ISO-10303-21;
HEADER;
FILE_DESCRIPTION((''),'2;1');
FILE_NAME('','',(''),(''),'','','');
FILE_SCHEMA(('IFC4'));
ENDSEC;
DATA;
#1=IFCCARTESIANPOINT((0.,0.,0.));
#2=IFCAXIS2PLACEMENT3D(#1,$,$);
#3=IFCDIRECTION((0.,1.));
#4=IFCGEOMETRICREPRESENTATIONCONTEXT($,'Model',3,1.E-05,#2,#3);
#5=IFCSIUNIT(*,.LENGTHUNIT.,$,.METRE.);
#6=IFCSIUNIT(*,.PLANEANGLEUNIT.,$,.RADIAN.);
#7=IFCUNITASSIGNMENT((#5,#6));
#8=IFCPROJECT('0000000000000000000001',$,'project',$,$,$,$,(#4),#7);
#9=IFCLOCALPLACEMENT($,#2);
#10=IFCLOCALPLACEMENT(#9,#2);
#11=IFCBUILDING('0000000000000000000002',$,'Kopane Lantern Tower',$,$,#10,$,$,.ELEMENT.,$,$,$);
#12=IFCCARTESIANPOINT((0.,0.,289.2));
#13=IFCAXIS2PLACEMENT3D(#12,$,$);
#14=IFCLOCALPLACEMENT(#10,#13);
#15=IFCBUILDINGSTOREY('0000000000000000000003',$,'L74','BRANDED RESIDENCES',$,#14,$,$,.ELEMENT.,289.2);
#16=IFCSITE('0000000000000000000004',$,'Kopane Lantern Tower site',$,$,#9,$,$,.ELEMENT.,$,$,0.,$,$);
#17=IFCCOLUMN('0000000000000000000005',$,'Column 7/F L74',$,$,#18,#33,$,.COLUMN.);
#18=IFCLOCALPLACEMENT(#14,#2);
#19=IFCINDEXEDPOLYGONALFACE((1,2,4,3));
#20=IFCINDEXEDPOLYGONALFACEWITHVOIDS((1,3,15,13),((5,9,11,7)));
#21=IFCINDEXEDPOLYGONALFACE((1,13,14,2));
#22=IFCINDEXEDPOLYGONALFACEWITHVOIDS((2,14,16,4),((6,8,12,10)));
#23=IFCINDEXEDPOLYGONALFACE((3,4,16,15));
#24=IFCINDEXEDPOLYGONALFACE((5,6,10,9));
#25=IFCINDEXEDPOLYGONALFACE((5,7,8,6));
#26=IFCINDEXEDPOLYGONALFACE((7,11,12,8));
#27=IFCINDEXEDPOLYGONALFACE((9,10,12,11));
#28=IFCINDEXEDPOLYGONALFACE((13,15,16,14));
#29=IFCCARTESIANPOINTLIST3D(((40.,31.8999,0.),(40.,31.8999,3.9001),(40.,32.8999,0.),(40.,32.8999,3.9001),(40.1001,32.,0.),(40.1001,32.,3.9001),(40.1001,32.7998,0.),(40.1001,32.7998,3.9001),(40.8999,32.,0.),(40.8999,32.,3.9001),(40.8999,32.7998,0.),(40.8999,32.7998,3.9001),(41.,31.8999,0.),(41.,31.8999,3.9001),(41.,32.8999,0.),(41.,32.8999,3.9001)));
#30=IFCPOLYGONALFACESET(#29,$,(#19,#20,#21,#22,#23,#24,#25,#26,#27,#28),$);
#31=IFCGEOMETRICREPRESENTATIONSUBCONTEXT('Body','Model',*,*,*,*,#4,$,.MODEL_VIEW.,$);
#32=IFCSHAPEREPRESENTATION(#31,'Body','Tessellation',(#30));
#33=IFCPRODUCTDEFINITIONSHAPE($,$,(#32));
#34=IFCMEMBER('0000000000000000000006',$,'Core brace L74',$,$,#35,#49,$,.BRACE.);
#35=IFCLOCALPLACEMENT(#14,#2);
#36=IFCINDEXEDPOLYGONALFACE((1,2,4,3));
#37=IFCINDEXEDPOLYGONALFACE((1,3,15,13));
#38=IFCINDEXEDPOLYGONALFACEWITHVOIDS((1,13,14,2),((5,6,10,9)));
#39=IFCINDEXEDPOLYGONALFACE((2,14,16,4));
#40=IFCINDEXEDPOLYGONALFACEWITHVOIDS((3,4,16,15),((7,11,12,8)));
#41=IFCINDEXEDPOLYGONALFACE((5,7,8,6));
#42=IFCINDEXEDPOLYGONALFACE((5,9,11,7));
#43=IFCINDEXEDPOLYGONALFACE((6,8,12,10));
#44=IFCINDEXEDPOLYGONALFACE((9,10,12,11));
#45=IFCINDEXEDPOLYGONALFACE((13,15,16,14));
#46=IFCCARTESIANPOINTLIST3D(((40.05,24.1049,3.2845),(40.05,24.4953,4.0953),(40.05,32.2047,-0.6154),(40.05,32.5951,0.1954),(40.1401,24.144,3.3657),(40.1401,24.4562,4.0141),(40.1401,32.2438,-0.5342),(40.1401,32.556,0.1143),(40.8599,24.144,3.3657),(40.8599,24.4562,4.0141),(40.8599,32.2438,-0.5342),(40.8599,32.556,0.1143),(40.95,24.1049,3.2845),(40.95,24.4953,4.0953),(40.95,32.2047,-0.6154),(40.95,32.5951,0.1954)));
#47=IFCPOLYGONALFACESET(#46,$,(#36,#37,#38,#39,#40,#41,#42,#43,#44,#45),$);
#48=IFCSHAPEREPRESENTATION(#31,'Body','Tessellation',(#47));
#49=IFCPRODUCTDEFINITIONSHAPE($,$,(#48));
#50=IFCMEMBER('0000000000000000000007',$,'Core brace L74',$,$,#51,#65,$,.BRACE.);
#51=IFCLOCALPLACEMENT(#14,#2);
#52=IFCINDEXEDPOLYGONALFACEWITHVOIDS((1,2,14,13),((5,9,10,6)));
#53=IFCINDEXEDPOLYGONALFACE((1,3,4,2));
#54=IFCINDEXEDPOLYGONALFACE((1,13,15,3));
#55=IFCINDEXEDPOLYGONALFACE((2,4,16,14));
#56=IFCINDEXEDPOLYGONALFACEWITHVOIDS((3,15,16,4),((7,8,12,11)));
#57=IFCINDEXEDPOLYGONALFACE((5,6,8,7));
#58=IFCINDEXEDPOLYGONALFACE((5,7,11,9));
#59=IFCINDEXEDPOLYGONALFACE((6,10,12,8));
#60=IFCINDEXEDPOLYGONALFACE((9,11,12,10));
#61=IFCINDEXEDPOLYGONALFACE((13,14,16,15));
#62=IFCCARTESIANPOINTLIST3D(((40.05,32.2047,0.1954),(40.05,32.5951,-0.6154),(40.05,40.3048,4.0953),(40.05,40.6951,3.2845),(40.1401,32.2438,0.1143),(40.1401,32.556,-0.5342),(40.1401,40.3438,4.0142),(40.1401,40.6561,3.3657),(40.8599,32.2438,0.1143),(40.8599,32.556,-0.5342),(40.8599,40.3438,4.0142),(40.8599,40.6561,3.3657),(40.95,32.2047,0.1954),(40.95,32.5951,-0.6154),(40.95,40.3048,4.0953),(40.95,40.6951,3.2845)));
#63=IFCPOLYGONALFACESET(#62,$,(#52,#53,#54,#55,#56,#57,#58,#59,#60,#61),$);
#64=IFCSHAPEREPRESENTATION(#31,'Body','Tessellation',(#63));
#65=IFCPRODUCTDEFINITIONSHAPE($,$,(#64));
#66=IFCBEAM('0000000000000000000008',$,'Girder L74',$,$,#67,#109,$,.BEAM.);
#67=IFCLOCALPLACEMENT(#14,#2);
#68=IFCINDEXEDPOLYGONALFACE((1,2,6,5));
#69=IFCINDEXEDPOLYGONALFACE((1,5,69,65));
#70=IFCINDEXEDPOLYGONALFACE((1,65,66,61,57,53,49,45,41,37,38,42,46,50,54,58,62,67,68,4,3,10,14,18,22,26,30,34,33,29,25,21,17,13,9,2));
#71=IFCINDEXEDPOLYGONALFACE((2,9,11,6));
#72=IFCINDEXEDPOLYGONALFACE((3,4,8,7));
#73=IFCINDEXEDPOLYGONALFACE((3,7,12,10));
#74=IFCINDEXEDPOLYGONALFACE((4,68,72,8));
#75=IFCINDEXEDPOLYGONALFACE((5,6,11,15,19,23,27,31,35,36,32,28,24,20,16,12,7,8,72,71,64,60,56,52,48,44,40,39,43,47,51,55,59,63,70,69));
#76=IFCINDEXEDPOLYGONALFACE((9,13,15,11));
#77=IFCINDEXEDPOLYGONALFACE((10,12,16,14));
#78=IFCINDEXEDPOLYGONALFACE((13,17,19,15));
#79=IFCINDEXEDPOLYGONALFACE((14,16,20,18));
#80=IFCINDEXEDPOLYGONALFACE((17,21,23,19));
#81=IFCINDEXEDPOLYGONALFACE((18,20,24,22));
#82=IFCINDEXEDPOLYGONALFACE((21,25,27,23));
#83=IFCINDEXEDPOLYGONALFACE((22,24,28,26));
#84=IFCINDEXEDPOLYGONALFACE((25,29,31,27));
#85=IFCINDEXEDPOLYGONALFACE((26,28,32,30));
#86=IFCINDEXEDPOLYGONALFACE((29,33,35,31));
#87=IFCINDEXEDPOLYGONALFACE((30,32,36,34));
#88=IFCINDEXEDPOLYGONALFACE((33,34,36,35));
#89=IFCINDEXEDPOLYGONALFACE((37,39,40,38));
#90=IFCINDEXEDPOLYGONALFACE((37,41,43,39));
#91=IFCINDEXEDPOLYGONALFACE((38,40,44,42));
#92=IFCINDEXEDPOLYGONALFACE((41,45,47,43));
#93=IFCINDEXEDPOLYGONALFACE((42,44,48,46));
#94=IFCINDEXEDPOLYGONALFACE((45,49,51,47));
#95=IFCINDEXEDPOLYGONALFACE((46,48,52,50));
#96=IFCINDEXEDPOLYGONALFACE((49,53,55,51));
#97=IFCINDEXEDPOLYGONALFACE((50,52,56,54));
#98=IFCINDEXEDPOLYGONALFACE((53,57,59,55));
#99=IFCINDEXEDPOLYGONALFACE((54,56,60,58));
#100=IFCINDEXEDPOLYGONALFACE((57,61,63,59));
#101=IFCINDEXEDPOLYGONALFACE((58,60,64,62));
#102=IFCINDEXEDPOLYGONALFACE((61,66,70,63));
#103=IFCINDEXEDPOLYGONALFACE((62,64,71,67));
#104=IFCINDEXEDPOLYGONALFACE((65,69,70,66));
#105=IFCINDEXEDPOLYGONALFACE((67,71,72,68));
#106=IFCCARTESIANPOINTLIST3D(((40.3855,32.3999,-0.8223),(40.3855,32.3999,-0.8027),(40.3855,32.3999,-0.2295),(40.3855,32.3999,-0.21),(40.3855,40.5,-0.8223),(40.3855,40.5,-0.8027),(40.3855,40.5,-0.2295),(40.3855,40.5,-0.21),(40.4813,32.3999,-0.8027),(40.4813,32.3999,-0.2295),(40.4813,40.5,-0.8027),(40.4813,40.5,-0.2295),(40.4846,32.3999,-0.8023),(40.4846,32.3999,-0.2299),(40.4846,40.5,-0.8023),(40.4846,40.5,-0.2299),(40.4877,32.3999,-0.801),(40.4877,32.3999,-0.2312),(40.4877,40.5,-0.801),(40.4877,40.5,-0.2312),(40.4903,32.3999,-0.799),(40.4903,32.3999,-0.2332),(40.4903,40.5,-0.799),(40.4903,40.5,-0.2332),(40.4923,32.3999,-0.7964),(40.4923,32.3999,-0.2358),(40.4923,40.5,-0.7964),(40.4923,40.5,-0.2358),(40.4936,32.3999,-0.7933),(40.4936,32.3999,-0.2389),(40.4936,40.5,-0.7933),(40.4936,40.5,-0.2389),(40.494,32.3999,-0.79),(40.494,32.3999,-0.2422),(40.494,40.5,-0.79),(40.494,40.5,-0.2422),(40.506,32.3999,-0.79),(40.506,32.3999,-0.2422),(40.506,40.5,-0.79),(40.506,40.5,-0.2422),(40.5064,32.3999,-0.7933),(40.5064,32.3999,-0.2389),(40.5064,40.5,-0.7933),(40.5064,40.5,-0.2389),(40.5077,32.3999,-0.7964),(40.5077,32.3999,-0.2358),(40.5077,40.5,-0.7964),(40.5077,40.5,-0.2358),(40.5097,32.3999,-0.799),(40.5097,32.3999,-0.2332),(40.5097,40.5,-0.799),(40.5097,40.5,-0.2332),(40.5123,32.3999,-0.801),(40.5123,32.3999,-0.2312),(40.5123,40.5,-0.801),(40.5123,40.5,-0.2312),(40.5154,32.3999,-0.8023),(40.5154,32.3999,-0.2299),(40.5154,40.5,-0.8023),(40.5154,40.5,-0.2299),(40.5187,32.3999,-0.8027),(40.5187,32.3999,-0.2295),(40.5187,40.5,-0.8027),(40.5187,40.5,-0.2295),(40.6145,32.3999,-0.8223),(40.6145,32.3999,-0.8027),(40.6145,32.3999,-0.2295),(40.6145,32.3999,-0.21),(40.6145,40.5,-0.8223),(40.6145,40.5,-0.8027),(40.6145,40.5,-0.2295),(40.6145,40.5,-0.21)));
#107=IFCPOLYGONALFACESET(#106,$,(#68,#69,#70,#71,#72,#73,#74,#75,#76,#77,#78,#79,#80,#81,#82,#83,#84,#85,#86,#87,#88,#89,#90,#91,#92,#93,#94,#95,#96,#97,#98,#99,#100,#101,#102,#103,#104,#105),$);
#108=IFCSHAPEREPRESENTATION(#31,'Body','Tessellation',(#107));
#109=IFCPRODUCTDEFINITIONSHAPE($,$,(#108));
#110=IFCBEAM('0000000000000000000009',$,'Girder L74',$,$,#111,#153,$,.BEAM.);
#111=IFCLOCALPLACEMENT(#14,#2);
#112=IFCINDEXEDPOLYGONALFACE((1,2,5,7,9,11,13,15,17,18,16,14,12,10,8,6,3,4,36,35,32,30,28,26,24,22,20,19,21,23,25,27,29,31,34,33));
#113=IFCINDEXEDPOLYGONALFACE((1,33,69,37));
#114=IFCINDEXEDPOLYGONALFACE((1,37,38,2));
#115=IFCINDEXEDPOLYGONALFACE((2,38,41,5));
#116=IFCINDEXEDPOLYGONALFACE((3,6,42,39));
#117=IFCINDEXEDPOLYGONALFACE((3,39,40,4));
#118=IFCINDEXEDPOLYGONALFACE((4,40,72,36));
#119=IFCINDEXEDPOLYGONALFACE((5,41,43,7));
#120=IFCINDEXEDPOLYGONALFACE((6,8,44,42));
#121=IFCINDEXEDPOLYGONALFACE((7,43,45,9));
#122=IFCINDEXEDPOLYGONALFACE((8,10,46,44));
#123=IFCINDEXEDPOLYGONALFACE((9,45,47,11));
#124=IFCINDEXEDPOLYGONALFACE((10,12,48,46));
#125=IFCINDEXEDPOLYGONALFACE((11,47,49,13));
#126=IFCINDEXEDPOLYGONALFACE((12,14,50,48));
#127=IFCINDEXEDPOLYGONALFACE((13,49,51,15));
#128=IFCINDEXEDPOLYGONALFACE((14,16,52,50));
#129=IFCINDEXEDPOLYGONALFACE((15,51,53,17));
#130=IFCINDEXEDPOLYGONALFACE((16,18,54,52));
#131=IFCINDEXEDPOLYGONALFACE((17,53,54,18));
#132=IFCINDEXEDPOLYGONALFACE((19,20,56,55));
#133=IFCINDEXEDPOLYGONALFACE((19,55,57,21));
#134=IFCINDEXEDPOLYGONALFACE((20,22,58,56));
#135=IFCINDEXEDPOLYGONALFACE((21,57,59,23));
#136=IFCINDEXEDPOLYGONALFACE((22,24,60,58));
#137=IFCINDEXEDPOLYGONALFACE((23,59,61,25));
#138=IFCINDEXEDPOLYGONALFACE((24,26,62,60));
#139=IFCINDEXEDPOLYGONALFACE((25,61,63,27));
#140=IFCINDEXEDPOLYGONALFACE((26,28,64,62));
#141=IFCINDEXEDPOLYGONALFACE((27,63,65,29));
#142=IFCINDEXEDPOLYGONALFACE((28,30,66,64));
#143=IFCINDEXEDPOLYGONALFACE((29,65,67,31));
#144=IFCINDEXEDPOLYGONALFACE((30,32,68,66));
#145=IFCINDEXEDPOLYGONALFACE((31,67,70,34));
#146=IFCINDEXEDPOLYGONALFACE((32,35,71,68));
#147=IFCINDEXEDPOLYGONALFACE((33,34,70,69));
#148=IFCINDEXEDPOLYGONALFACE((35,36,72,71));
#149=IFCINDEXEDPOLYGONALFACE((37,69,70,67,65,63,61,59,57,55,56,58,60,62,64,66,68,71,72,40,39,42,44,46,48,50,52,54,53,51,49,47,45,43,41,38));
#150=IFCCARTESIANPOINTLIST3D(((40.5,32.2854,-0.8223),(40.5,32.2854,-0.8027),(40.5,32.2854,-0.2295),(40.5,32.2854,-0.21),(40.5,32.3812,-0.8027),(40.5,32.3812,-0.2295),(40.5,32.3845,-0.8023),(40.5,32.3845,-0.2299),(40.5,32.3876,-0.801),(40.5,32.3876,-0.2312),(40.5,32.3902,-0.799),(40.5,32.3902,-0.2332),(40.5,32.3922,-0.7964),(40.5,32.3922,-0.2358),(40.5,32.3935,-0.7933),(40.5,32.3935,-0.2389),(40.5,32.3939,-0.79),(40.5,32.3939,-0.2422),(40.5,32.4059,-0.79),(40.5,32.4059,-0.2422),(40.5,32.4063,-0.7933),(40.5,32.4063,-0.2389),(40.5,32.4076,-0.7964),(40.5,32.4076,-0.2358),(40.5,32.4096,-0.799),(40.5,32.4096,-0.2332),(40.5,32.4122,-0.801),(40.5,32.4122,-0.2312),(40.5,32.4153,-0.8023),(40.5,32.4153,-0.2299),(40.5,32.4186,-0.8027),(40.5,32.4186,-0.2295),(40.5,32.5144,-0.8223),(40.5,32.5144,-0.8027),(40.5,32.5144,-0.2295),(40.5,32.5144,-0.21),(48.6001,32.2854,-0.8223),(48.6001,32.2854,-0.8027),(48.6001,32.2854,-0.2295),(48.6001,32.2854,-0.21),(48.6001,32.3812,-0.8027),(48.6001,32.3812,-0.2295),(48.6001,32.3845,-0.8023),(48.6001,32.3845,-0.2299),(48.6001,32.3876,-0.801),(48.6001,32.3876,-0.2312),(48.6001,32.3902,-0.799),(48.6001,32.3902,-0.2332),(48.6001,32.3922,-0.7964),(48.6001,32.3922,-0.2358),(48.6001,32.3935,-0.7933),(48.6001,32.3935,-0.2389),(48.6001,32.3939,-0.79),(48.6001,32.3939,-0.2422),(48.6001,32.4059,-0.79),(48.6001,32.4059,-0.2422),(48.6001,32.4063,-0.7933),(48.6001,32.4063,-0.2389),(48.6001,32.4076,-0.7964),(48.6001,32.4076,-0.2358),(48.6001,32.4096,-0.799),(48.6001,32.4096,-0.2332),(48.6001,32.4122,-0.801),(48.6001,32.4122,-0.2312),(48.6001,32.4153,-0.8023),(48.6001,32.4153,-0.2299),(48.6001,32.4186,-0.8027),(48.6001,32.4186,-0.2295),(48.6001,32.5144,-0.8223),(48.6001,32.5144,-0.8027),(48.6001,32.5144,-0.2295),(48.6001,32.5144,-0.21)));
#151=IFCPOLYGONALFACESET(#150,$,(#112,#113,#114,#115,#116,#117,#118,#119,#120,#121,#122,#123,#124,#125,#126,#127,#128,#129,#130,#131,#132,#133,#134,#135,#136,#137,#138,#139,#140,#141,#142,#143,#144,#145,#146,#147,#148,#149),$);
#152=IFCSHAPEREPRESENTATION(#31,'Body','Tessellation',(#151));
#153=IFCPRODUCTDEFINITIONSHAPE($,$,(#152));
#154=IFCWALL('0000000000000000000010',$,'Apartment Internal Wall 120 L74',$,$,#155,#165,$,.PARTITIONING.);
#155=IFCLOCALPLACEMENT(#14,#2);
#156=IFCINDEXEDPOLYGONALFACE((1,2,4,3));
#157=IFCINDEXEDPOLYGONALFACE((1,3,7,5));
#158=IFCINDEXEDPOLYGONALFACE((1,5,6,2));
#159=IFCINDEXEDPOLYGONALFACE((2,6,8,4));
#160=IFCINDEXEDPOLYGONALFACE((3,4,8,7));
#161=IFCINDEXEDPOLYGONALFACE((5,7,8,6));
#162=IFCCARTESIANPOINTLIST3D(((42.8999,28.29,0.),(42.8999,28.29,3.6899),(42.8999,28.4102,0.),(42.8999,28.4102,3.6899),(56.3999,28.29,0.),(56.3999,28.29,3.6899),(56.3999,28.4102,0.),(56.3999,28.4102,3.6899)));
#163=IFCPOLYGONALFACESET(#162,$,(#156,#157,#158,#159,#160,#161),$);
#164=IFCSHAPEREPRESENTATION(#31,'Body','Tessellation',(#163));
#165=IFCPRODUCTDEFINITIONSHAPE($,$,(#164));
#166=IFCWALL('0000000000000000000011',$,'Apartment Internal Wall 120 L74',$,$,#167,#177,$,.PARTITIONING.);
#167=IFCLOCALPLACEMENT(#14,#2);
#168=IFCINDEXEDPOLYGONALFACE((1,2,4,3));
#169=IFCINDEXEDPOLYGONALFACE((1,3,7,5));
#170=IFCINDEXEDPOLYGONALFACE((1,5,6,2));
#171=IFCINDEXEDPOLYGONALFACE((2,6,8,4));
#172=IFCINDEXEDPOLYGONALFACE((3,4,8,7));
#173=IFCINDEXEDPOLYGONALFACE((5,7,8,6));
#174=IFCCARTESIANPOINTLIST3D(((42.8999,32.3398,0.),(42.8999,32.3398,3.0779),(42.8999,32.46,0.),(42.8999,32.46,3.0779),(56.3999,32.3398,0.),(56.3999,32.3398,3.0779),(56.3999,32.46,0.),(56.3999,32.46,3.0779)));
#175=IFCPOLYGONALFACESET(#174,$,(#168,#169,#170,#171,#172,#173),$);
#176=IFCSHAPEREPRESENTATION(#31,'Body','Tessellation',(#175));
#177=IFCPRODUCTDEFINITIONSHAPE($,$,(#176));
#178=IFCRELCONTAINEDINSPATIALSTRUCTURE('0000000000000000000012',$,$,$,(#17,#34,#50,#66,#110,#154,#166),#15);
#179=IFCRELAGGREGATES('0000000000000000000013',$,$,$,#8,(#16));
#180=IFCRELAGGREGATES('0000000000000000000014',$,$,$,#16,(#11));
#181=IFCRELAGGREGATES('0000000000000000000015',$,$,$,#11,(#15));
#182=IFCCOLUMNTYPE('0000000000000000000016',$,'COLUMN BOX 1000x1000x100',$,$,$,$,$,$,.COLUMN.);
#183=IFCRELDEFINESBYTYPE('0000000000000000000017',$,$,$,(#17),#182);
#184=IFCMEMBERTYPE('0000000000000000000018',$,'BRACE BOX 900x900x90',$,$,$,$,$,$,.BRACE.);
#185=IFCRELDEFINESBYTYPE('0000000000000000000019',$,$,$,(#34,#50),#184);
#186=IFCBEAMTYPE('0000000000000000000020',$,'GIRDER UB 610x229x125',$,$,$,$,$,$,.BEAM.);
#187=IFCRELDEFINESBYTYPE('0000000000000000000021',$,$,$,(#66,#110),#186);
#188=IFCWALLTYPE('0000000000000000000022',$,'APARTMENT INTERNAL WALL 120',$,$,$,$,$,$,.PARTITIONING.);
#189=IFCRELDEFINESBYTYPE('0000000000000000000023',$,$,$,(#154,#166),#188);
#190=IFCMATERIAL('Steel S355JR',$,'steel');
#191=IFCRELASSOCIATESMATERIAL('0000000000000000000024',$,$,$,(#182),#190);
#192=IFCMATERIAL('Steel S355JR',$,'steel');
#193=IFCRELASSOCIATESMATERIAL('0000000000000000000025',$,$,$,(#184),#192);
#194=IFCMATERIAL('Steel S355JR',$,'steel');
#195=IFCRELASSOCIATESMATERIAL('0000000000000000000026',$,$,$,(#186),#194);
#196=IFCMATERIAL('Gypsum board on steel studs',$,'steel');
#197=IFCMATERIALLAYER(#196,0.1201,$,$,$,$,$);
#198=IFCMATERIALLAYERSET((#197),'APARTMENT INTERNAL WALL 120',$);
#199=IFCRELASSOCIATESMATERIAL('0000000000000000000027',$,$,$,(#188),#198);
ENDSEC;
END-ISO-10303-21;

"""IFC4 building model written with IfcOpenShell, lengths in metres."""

from ifc_helpers import new_model, si_unit, direction, frame, frame_2d, origin, origin_2d, place, context, subcontext, project, spatial, rectangle, hollow_rectangle, i_section, extrude, material, layer, layer_set, material_profile, profile_set, type_object, element, save


model = new_model("IFC4")

# Units and contexts
model_context = context("Model", 3, precision=1e-05, world=origin(), true_north=direction((0.0, 1.0)))
body_context = subcontext(model_context, "Body", "Model", "MODEL_VIEW")
ifc_project = project(units=[si_unit("LENGTHUNIT", "METRE"), si_unit("PLANEANGLEUNIT", "RADIAN")], contexts=[model_context])

# Site, building, storey
site_placement = place(None, origin())
site = spatial("IfcSite", under=ifc_project, at=site_placement, Name="Kopane Lantern Tower site", CompositionType="ELEMENT", RefElevation=0.0)
building_placement = place(site_placement, origin())
building = spatial("IfcBuilding", under=site, at=building_placement, Name="Kopane Lantern Tower", CompositionType="ELEMENT")
storey_placement = place(building_placement, frame((0.0, 0.0, 289.2)))
storey = spatial("IfcBuildingStorey", under=building, at=storey_placement, Name="L74", Description="BRANDED RESIDENCES", CompositionType="ELEMENT", Elevation=289.2)

# Column
ifc_material_1 = material(Name="Steel S355JR", Category="steel")
ifc_material_profile_1 = material_profile(ifc_material_1, hollow_rectangle(XDim=1.0, YDim=1.0, WallThickness=0.1001, at=origin_2d()), Name="BOX 1000x1000x100")
ifc_profile_set_1 = profile_set([ifc_material_profile_1], Name="Steel S355JR")
column_type = type_object("IfcColumnType", Name="COLUMN BOX 1000x1000x100", PredefinedType="COLUMN", material=ifc_profile_set_1)
column_placement = place(storey_placement, frame((40.5, 32.3999, 0.0), z_axis=(0.0, 0.0, 1.0), x_axis=(1.0, 0.0, 0.0)))
element("IfcColumn", 1, at=column_placement, inside=storey, type_object=column_type, Name="Column 7/F L74", PredefinedType="COLUMN", context=body_context, shape_type="SweptSolid", body=[
    extrude(hollow_rectangle(XDim=1.0, YDim=1.0, WallThickness=0.1001, at=origin_2d()), origin(), (0.0, 0.0, 1.0), 3.9001),
])

# Members
ifc_material_2 = material(Name="Steel S355JR", Category="steel")
ifc_material_profile_2 = material_profile(ifc_material_2, hollow_rectangle(XDim=0.8999, YDim=0.8999, WallThickness=0.0901, at=origin_2d()), Name="BOX 900x900x90")
ifc_profile_set_2 = profile_set([ifc_material_profile_2], Name="Steel S355JR")
member_type = type_object("IfcMemberType", Name="BRACE BOX 900x900x90", PredefinedType="BRACE", material=ifc_profile_set_2)
member_1_placement = place(storey_placement, frame((40.5, 32.3999, -0.21), z_axis=(0.0, -0.901003, 0.433813), x_axis=(1.0, 0.0, 0.0)))
element("IfcMember", 2, at=member_1_placement, inside=storey, type_object=member_type, Name="Core brace L74", PredefinedType="BRACE", context=body_context, shape_type="SweptSolid", body=[
    extrude(hollow_rectangle(XDim=0.8999, YDim=0.8999, WallThickness=0.0901, at=origin_2d()), origin(), (0.0, 0.0, 1.0), 8.9897),
])
member_2_placement = place(storey_placement, frame((40.5, 32.3999, -0.21), z_axis=(0.0, 0.901008, 0.433803), x_axis=(-1.0, 0.0, 0.0)))
element("IfcMember", 3, at=member_2_placement, inside=storey, type_object=member_type, Name="Core brace L74", PredefinedType="BRACE", context=body_context, shape_type="SweptSolid", body=[
    extrude(hollow_rectangle(XDim=0.8999, YDim=0.8999, WallThickness=0.0901, at=origin_2d()), origin(), (0.0, 0.0, 1.0), 8.99),
])

# Beams
ifc_material_3 = material(Name="Steel S355JR", Category="steel")
ifc_material_profile_3 = material_profile(ifc_material_3, i_section(OverallWidth=0.229, OverallDepth=0.6123, WebThickness=0.012, FlangeThickness=0.0195, FilletRadius=0.0127, at=origin_2d()), Name="UB 610x229x125")
ifc_profile_set_3 = profile_set([ifc_material_profile_3], Name="Steel S355JR")
beam_type = type_object("IfcBeamType", Name="GIRDER UB 610x229x125", PredefinedType="BEAM", material=ifc_profile_set_3)
for number, where, z_axis, x_axis, name in (
    (4, (40.5, 32.3999, -0.5161), (0.0, 1.0, 0.0), (-1.0, 0.0, 0.0), "Girder L74"),
    (5, (40.5, 32.3999, -0.5161), (1.0, 0.0, 0.0), (0.0, 1.0, 0.0), "Girder L74"),
):
    element("IfcBeam", number, at=place(storey_placement, frame(where, z_axis=z_axis, x_axis=x_axis)), inside=storey, type_object=beam_type, Name=name, PredefinedType="BEAM", context=body_context, shape_type="SweptSolid", body=[
        extrude(i_section(OverallWidth=0.229, OverallDepth=0.6123, WebThickness=0.012, FlangeThickness=0.0195, FilletRadius=0.0127, at=origin_2d()), origin(), (0.0, 0.0, 1.0), 8.1001),
    ])

# Walls
ifc_material_4 = material(Name="Gypsum board on steel studs", Category="steel")
ifc_layer_1 = layer(ifc_material_4, 0.1201)
ifc_layer_set_1 = layer_set([ifc_layer_1], Name="APARTMENT INTERNAL WALL 120")
wall_type_1 = type_object("IfcWallType", Name="APARTMENT INTERNAL WALL 120", PredefinedType="PARTITIONING", material=ifc_layer_set_1)
wall_1_placement = place(storey_placement, frame((42.8999, 28.3501, 0.0), z_axis=(0.0, 0.0, 1.0), x_axis=(1.0, 0.0, 0.0)))
element("IfcWall", 6, at=wall_1_placement, inside=storey, type_object=wall_type_1, Name="Apartment Internal Wall 120 L74", PredefinedType="PARTITIONING", context=body_context, shape_type="SweptSolid", body=[
    extrude(rectangle(XDim=13.5, YDim=0.1201, at=frame_2d((6.75, 0.0))), origin(), (0.0, 0.0, 1.0), 3.6899),
])
wall_2_placement = place(storey_placement, frame((42.8999, 32.3999, 0.0), z_axis=(0.0, 0.0, 1.0), x_axis=(1.0, 0.0, 0.0)))
element("IfcWall", 7, at=wall_2_placement, inside=storey, type_object=wall_type_1, Name="Apartment Internal Wall 120 L74", PredefinedType="PARTITIONING", context=body_context, shape_type="SweptSolid", body=[
    extrude(rectangle(XDim=13.5, YDim=0.1201, at=frame_2d((6.75, 0.0))), origin(), (0.0, 0.0, 1.0), 3.0779),
])

save(model, "model.ifc")
